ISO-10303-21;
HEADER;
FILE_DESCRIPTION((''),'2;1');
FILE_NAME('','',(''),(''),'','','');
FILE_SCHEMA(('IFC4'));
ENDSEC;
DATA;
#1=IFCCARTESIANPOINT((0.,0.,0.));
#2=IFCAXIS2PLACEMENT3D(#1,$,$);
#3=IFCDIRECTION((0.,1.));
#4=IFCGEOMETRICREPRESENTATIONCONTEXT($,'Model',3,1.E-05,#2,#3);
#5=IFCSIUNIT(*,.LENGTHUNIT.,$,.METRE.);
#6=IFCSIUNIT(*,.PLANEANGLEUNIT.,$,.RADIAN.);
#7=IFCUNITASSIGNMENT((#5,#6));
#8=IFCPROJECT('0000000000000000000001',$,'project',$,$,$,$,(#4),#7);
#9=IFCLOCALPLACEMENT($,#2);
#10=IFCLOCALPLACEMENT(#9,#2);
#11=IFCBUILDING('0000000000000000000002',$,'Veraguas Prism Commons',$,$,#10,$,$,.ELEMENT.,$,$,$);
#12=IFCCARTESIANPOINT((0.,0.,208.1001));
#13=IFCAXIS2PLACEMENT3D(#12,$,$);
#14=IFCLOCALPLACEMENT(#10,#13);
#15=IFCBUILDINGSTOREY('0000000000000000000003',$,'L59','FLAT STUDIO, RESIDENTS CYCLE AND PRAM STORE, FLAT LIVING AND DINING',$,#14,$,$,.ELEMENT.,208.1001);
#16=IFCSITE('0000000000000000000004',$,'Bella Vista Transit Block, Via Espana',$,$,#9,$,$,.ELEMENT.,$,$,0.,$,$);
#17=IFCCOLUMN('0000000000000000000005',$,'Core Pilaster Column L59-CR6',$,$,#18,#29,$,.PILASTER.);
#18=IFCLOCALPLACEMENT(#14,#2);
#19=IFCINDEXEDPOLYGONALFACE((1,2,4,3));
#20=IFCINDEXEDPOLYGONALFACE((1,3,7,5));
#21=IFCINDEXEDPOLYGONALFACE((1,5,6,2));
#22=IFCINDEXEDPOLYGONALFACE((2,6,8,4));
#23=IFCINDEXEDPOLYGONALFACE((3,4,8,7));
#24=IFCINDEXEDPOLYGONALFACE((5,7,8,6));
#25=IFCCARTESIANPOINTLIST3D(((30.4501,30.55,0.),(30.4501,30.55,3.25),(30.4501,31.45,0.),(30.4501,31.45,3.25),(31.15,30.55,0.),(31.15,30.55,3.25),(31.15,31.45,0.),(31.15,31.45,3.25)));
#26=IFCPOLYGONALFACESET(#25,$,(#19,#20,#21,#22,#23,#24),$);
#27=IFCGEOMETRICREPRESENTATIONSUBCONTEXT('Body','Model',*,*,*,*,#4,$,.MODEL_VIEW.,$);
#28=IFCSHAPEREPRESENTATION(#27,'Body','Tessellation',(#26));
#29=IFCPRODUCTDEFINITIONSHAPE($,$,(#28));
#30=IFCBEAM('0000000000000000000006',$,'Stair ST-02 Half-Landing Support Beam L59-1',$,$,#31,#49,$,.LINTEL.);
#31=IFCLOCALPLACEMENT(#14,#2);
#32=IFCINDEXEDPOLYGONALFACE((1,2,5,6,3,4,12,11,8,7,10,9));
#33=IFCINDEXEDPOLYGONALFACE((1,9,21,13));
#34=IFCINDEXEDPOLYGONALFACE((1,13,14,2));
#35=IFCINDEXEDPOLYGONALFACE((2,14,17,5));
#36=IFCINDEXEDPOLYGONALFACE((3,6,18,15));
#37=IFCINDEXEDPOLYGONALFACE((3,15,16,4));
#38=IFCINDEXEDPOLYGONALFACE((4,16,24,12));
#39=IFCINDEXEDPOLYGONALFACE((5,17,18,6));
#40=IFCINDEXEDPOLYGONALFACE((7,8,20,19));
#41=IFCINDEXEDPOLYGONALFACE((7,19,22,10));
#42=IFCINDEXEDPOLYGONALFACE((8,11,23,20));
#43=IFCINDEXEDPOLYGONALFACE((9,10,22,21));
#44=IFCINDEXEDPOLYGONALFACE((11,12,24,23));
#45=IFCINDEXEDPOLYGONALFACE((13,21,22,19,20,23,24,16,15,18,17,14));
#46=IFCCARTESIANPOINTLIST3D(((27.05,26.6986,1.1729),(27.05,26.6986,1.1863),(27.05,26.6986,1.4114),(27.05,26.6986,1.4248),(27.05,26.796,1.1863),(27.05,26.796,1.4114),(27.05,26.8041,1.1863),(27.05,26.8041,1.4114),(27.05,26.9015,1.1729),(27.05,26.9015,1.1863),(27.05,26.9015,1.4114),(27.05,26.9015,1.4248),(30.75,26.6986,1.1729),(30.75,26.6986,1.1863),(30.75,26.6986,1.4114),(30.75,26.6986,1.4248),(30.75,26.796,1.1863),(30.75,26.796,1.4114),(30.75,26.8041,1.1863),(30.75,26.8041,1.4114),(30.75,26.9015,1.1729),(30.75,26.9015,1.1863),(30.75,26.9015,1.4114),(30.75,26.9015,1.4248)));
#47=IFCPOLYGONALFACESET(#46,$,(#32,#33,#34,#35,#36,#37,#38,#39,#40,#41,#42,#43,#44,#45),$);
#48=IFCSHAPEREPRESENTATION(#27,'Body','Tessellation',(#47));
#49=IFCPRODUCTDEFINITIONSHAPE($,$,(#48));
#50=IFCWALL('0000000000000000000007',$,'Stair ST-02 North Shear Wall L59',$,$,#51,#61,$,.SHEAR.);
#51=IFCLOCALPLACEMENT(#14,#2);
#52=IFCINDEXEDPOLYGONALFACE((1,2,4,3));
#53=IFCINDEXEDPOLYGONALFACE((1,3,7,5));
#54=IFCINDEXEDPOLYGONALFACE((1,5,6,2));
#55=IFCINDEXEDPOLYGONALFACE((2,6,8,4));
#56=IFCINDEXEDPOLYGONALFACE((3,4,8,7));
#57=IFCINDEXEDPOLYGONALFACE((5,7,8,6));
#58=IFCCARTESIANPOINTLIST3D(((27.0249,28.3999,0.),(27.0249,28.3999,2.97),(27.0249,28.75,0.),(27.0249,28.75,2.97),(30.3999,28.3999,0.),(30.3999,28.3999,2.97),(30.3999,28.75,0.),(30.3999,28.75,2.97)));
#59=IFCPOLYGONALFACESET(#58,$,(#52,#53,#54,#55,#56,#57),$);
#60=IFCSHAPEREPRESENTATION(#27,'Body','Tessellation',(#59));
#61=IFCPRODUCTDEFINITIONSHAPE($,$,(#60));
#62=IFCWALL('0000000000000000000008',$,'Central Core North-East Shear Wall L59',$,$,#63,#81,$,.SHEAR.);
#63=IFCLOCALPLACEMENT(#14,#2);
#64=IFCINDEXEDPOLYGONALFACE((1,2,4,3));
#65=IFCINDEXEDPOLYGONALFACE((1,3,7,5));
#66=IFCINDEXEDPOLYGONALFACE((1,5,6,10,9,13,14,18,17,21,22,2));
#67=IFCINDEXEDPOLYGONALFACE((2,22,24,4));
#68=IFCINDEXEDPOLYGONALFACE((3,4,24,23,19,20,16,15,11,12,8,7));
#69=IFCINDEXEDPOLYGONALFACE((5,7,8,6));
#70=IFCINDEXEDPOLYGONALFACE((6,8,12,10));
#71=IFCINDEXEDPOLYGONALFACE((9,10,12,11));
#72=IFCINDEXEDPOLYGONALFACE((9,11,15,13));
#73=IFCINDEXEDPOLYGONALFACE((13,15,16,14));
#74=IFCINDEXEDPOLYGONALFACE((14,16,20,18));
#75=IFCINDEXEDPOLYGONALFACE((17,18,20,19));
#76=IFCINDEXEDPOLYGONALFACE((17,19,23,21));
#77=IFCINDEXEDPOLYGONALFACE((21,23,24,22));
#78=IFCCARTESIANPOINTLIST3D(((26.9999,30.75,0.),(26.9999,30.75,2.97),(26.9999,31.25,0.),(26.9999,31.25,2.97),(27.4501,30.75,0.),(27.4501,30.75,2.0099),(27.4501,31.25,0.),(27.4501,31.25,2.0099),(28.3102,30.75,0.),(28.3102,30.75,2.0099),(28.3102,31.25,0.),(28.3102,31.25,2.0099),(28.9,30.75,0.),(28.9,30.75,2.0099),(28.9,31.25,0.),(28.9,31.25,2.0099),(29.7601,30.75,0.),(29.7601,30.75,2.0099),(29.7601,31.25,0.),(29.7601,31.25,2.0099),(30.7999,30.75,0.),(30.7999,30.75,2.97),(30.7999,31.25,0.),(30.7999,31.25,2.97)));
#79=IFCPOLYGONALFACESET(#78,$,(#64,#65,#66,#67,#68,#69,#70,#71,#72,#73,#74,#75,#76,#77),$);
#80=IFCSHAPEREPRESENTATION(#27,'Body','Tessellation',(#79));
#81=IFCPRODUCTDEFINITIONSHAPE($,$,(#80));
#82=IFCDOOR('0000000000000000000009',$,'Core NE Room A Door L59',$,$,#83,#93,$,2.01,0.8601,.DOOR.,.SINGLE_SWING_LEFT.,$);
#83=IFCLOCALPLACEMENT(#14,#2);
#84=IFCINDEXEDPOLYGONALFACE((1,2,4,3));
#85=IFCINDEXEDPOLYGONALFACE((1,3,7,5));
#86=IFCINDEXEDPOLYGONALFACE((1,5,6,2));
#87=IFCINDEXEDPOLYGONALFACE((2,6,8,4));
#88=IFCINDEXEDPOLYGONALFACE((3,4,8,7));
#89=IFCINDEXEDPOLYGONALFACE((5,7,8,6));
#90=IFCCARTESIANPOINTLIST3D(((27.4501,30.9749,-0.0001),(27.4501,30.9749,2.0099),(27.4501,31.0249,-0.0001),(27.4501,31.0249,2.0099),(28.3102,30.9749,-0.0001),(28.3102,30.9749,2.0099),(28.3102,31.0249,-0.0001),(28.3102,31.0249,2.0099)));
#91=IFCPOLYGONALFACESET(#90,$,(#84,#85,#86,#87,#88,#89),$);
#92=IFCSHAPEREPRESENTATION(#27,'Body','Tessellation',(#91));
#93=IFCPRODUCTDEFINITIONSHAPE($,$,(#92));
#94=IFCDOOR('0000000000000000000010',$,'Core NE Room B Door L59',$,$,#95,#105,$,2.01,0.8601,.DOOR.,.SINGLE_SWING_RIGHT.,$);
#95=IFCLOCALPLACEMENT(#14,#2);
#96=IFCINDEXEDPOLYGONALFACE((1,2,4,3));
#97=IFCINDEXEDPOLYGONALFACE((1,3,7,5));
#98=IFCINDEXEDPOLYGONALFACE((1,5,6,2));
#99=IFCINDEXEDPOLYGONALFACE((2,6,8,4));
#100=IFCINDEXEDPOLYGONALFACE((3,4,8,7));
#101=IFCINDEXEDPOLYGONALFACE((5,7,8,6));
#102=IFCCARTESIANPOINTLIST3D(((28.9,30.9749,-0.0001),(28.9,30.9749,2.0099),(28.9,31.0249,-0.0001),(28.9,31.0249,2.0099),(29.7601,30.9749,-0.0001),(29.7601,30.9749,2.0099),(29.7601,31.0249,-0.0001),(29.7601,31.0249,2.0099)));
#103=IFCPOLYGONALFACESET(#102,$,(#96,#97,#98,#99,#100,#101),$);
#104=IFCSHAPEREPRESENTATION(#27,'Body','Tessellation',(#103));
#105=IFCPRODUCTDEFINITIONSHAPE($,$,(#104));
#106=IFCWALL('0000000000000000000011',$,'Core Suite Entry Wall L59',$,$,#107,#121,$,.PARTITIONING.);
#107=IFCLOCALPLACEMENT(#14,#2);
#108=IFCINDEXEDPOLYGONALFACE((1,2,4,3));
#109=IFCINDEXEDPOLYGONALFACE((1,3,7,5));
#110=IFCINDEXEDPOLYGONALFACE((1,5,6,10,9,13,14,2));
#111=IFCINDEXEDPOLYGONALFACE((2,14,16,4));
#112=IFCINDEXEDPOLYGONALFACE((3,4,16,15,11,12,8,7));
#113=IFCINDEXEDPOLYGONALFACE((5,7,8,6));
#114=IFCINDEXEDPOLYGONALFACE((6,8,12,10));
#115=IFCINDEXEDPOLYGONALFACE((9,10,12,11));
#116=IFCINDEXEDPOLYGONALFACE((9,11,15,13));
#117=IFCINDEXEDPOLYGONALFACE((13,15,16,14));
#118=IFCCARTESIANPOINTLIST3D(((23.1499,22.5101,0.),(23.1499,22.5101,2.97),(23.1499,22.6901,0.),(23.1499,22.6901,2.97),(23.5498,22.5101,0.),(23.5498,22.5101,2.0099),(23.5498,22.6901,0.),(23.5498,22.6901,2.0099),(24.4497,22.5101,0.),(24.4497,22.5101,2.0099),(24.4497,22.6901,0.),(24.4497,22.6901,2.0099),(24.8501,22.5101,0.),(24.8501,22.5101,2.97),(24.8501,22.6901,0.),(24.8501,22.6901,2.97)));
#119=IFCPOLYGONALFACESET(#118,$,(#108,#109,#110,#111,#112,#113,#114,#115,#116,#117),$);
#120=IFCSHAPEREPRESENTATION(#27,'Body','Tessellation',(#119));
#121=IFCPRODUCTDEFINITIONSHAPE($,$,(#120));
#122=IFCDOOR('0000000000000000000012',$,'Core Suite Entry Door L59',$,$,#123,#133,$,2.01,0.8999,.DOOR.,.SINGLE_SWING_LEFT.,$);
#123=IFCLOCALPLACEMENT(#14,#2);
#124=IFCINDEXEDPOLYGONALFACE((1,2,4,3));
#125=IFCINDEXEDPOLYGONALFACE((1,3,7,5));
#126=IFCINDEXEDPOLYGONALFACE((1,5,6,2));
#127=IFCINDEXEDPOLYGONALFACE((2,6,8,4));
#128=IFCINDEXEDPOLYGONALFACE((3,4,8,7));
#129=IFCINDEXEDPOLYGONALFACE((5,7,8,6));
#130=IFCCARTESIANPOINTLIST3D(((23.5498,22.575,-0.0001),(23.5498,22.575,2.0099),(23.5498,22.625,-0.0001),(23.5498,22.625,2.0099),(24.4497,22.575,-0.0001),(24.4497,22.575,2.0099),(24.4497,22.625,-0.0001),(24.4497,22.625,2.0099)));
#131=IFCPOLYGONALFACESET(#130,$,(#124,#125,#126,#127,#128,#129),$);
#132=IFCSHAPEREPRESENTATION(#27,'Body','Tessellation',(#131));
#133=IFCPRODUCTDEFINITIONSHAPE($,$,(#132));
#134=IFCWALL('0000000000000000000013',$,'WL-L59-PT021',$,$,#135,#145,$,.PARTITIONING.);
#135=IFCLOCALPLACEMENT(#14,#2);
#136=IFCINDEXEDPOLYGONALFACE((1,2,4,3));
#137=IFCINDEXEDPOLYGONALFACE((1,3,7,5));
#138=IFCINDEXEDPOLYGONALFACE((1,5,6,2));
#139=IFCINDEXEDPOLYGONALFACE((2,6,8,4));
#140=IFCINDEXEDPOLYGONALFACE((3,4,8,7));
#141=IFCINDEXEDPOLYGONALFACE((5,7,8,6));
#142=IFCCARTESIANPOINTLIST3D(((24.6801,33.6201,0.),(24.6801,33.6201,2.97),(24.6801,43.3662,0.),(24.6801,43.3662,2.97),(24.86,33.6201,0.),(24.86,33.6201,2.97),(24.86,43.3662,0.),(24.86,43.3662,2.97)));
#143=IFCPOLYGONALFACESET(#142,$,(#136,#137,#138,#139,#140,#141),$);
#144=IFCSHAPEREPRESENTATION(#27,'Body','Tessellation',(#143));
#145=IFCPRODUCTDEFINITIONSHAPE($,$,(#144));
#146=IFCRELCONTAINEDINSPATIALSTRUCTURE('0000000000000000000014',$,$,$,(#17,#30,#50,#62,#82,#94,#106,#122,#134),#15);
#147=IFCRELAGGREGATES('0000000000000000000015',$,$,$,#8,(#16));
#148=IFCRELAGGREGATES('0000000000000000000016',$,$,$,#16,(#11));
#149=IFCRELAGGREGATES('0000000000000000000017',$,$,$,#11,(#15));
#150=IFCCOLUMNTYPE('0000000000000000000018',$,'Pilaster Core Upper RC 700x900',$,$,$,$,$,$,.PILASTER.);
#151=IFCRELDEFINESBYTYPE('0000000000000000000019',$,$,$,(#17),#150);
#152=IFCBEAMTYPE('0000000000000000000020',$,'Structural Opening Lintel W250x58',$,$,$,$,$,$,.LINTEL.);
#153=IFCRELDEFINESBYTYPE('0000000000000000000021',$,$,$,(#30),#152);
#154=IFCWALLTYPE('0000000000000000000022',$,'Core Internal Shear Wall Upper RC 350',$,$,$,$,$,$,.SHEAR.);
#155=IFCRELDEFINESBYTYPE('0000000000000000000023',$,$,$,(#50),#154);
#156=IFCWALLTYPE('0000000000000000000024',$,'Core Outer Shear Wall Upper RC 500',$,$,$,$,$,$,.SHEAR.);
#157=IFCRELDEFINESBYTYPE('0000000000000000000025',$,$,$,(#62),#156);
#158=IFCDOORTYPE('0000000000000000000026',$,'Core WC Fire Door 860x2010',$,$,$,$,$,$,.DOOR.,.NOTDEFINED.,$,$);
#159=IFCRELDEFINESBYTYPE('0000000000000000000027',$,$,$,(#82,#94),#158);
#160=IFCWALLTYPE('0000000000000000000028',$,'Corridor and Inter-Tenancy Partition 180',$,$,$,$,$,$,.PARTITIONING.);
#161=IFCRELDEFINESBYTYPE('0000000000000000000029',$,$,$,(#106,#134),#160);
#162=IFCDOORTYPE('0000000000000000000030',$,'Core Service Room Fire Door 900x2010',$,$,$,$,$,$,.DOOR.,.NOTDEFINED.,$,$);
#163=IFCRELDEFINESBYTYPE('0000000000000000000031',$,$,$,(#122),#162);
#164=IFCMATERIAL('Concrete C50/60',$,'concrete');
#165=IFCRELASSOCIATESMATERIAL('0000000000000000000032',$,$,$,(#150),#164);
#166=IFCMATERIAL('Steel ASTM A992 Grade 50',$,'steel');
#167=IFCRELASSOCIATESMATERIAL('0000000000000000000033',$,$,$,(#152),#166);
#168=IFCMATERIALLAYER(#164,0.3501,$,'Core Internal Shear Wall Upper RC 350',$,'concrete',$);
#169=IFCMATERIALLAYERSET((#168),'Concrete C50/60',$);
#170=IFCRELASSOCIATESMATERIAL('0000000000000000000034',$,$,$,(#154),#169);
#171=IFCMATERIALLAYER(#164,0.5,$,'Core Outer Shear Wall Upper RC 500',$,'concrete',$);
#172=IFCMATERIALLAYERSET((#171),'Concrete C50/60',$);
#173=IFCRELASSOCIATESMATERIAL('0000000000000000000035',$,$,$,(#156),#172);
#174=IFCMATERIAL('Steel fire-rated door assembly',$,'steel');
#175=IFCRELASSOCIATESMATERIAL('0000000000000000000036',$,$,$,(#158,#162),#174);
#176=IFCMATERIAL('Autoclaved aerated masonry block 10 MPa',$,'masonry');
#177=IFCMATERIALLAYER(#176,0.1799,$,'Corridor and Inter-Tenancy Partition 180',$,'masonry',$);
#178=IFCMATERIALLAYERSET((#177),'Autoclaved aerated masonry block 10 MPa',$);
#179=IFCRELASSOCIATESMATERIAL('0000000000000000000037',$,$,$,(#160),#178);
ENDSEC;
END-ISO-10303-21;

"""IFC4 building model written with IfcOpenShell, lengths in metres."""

from ifc_helpers import new_model, si_unit, direction, frame, frame_2d, origin, origin_2d, place, context, subcontext, project, spatial, rectangle, i_section, extrude, source, transform, mapped, material, layer, layer_set, material_profile, profile_set, type_object, element, fill, save


model = new_model("IFC4")

# Units and contexts
model_context = context("Model", 3, precision=1e-05, world=origin(), true_north=direction((0.0, 1.0)))
body_context = subcontext(model_context, "Body", "Model", "MODEL_VIEW")
ifc_project = project(units=[si_unit("LENGTHUNIT", "METRE"), si_unit("PLANEANGLEUNIT", "RADIAN")], contexts=[model_context])

# Site, building, storey
site_placement = place(None, origin())
site = spatial("IfcSite", under=ifc_project, at=site_placement, Name="Bella Vista Transit Block, Via Espana", CompositionType="ELEMENT", RefElevation=0.0)
building_placement = place(site_placement, origin())
building = spatial("IfcBuilding", under=site, at=building_placement, Name="Veraguas Prism Commons", CompositionType="ELEMENT")
storey_placement = place(building_placement, frame((0.0, 0.0, 208.1001)))
storey = spatial("IfcBuildingStorey", under=building, at=storey_placement, Name="L59", Description="FLAT STUDIO, RESIDENTS CYCLE AND PRAM STORE, FLAT LIVING AND DINING", CompositionType="ELEMENT", Elevation=208.1001)

# Column
ifc_material_1 = material(Name="Concrete C50/60", Category="concrete")
ifc_material_profile_1 = material_profile(ifc_material_1, rectangle(XDim=0.7, YDim=0.8999, at=origin_2d()), Name="RC700X900")
ifc_profile_set_1 = profile_set([ifc_material_profile_1], Name="Concrete C50/60")
column_type = type_object("IfcColumnType", Name="Pilaster Core Upper RC 700x900", PredefinedType="PILASTER", material=ifc_profile_set_1)
column_placement = place(storey_placement, frame((30.8, 31.0, 0.0), z_axis=(0.0, 0.0, 1.0), x_axis=(1.0, 0.0, 0.0)))
element("IfcColumn", 1, at=column_placement, inside=storey, type_object=column_type, Name="Core Pilaster Column L59-CR6", PredefinedType="PILASTER", context=body_context, shape_type="SweptSolid", body=[
    extrude(rectangle(XDim=0.7, YDim=0.8999, at=origin_2d()), origin(), (0.0, 0.0, 1.0), 3.25),
])

# Beam
ifc_material_2 = material(Name="Steel ASTM A992 Grade 50", Category="steel")
ifc_material_profile_2 = material_profile(ifc_material_2, i_section(OverallWidth=0.2029, OverallDepth=0.252, WebThickness=0.0081, FlangeThickness=0.0134, at=origin_2d()), Name="W250X58")
ifc_profile_set_2 = profile_set([ifc_material_profile_2], Name="Steel ASTM A992 Grade 50")
beam_type = type_object("IfcBeamType", Name="Structural Opening Lintel W250x58", PredefinedType="LINTEL", material=ifc_profile_set_2)
beam_placement = place(storey_placement, frame((27.05, 26.8, 1.2988), z_axis=(1.0, 0.0, 0.0), x_axis=(0.0, 1.0, 0.0)))
element("IfcBeam", 2, at=beam_placement, inside=storey, type_object=beam_type, Name="Stair ST-02 Half-Landing Support Beam L59-1", PredefinedType="LINTEL", context=body_context, shape_type="SweptSolid", body=[
    extrude(i_section(OverallWidth=0.2029, OverallDepth=0.252, WebThickness=0.0081, FlangeThickness=0.0134, at=origin_2d()), origin(), (0.0, 0.0, 1.0), 3.7),
])

# Wall
ifc_layer_1 = layer(ifc_material_1, 0.3501, Name="Core Internal Shear Wall Upper RC 350", Category="concrete")
ifc_layer_set_1 = layer_set([ifc_layer_1], Name="Concrete C50/60")
wall_type_1 = type_object("IfcWallType", Name="Core Internal Shear Wall Upper RC 350", PredefinedType="SHEAR", material=ifc_layer_set_1)
wall_1_placement = place(storey_placement, frame((27.0249, 28.575, 0.0), z_axis=(0.0, 0.0, 1.0), x_axis=(1.0, 0.0, 0.0)))
element("IfcWall", 3, at=wall_1_placement, inside=storey, type_object=wall_type_1, Name="Stair ST-02 North Shear Wall L59", PredefinedType="SHEAR", context=body_context, shape_type="SweptSolid", body=[
    extrude(rectangle(XDim=3.375, YDim=0.3501, at=frame_2d((1.6875, 0.0))), origin(), (0.0, 0.0, 1.0), 2.97),
])

# Wall, openings, doors
ifc_layer_2 = layer(ifc_material_1, 0.5, Name="Core Outer Shear Wall Upper RC 500", Category="concrete")
ifc_layer_set_2 = layer_set([ifc_layer_2], Name="Concrete C50/60")
wall_type_2 = type_object("IfcWallType", Name="Core Outer Shear Wall Upper RC 500", PredefinedType="SHEAR", material=ifc_layer_set_2)
wall_2_placement = place(storey_placement, frame((27.0, 31.0, 0.0), z_axis=(0.0, 0.0, 1.0), x_axis=(1.0, 0.0, 0.0)))
wall_2 = element("IfcWall", 4, at=wall_2_placement, inside=storey, type_object=wall_type_2, Name="Central Core North-East Shear Wall L59", PredefinedType="SHEAR", context=body_context, shape_type="SweptSolid", body=[
    extrude(rectangle(XDim=3.8, YDim=0.5, at=frame_2d((1.8999, 0.0))), origin(), (0.0, 0.0, 1.0), 2.97),
])
opening_1_placement = place(wall_2_placement, frame((0.45, 0.0, 0.0)))
opening_1 = element("IfcOpeningElement", 5, at=opening_1_placement, cuts=wall_2, PredefinedType="OPENING", context=body_context, shape_type="SweptSolid", body=[
    extrude(rectangle(XDim=0.8601, YDim=2.01, at=frame_2d((0.4302, 1.0049))), frame((0.0, 0.26, 0.0), z_axis=(0.0, -1.0, 0.0), x_axis=(1.0, 0.0, 0.0)), (0.0, 0.0, 1.0), 0.52),
])
opening_2_placement = place(wall_2_placement, frame((1.8999, 0.0, 0.0)))
opening_2 = element("IfcOpeningElement", 6, at=opening_2_placement, cuts=wall_2, PredefinedType="OPENING", context=body_context, shape_type="SweptSolid", body=[
    extrude(rectangle(XDim=0.8601, YDim=2.01, at=frame_2d((0.4302, 1.0049))), frame((0.0, 0.26, 0.0), z_axis=(0.0, -1.0, 0.0), x_axis=(1.0, 0.0, 0.0)), (0.0, 0.0, 1.0), 0.52),
])
ifc_material_3 = material(Name="Steel fire-rated door assembly", Category="steel")
door_type_1 = type_object("IfcDoorType", Name="Core WC Fire Door 860x2010", OperationType="NOTDEFINED", PredefinedType="DOOR", material=ifc_material_3)
shared_shape_1 = source(origin(), body_context, "Body", "SweptSolid", [
    extrude(rectangle(XDim=0.8601, YDim=2.01, at=frame_2d((0.4302, 1.0049))), frame((0.0, 0.0249, 0.0), z_axis=(0.0, -1.0, 0.0), x_axis=(1.0, 0.0, 0.0)), (0.0, 0.0, 1.0), 0.05),
])
door_1_placement = place(opening_1_placement, origin())
door_1 = element("IfcDoor", 7, at=door_1_placement, inside=storey, type_object=door_type_1, Name="Core NE Room A Door L59", OperationType="SINGLE_SWING_LEFT", OverallHeight=2.01, OverallWidth=0.8601, PredefinedType="DOOR", context=body_context, shape_type="MappedRepresentation", body=[
    mapped(shared_shape_1, transform((0.0, 0.0, 0.0), scale=1.0)),
])
fill(opening_1, door_1)
door_2_placement = place(opening_2_placement, origin())
door_2 = element("IfcDoor", 8, at=door_2_placement, inside=storey, type_object=door_type_1, Name="Core NE Room B Door L59", OperationType="SINGLE_SWING_RIGHT", OverallHeight=2.01, OverallWidth=0.8601, PredefinedType="DOOR", context=body_context, shape_type="MappedRepresentation", body=[
    mapped(shared_shape_1, transform((0.0, 0.0, 0.0), scale=1.0)),
])
fill(opening_2, door_2)

# Wall, opening, door
ifc_material_4 = material(Name="Autoclaved aerated masonry block 10 MPa", Category="masonry")
ifc_layer_3 = layer(ifc_material_4, 0.1799, Name="Corridor and Inter-Tenancy Partition 180", Category="masonry")
ifc_layer_set_3 = layer_set([ifc_layer_3], Name="Autoclaved aerated masonry block 10 MPa")
wall_type_3 = type_object("IfcWallType", Name="Corridor and Inter-Tenancy Partition 180", PredefinedType="PARTITIONING", material=ifc_layer_set_3)
wall_3_placement = place(storey_placement, frame((23.1499, 22.6001, 0.0), z_axis=(0.0, 0.0, 1.0), x_axis=(1.0, 0.0, 0.0)))
wall_3 = element("IfcWall", 9, at=wall_3_placement, inside=storey, type_object=wall_type_3, Name="Core Suite Entry Wall L59", PredefinedType="PARTITIONING", context=body_context, shape_type="SweptSolid", body=[
    extrude(rectangle(XDim=1.7002, YDim=0.1799, at=frame_2d((0.8501, 0.0))), origin(), (0.0, 0.0, 1.0), 2.97),
])
opening_3_placement = place(wall_3_placement, frame((0.3999, 0.0, 0.0)))
opening_3 = element("IfcOpeningElement", 10, at=opening_3_placement, cuts=wall_3, PredefinedType="OPENING", context=body_context, shape_type="SweptSolid", body=[
    extrude(rectangle(XDim=0.8999, YDim=2.01, at=frame_2d((0.45, 1.0049))), frame((0.0, 0.0999, 0.0), z_axis=(0.0, -1.0, 0.0), x_axis=(1.0, 0.0, 0.0)), (0.0, 0.0, 1.0), 0.2),
])
door_type_2 = type_object("IfcDoorType", Name="Core Service Room Fire Door 900x2010", OperationType="NOTDEFINED", PredefinedType="DOOR", material=ifc_material_3)
shared_shape_2 = source(origin(), body_context, "Body", "SweptSolid", [
    extrude(rectangle(XDim=0.8999, YDim=2.01, at=frame_2d((0.45, 1.0049))), frame((0.0, 0.0249, 0.0), z_axis=(0.0, -1.0, 0.0), x_axis=(1.0, 0.0, 0.0)), (0.0, 0.0, 1.0), 0.05),
])
door_3_placement = place(opening_3_placement, origin())
door_3 = element("IfcDoor", 11, at=door_3_placement, inside=storey, type_object=door_type_2, Name="Core Suite Entry Door L59", OperationType="SINGLE_SWING_LEFT", OverallHeight=2.01, OverallWidth=0.8999, PredefinedType="DOOR", context=body_context, shape_type="MappedRepresentation", body=[
    mapped(shared_shape_2, transform((0.0, 0.0, 0.0), scale=1.0)),
])
fill(opening_3, door_3)

# Wall
wall_4_placement = place(storey_placement, frame((24.77, 33.6201, 0.0), z_axis=(0.0, 0.0, 1.0), x_axis=(0.0, 1.0, 0.0)))
element("IfcWall", 12, at=wall_4_placement, inside=storey, type_object=wall_type_3, Name="WL-L59-PT021", PredefinedType="PARTITIONING", context=body_context, shape_type="SweptSolid", body=[
    extrude(rectangle(XDim=9.7461, YDim=0.1799, at=frame_2d((4.873, 0.0))), origin(), (0.0, 0.0, 1.0), 2.97),
])

save(model, "model.ifc")
